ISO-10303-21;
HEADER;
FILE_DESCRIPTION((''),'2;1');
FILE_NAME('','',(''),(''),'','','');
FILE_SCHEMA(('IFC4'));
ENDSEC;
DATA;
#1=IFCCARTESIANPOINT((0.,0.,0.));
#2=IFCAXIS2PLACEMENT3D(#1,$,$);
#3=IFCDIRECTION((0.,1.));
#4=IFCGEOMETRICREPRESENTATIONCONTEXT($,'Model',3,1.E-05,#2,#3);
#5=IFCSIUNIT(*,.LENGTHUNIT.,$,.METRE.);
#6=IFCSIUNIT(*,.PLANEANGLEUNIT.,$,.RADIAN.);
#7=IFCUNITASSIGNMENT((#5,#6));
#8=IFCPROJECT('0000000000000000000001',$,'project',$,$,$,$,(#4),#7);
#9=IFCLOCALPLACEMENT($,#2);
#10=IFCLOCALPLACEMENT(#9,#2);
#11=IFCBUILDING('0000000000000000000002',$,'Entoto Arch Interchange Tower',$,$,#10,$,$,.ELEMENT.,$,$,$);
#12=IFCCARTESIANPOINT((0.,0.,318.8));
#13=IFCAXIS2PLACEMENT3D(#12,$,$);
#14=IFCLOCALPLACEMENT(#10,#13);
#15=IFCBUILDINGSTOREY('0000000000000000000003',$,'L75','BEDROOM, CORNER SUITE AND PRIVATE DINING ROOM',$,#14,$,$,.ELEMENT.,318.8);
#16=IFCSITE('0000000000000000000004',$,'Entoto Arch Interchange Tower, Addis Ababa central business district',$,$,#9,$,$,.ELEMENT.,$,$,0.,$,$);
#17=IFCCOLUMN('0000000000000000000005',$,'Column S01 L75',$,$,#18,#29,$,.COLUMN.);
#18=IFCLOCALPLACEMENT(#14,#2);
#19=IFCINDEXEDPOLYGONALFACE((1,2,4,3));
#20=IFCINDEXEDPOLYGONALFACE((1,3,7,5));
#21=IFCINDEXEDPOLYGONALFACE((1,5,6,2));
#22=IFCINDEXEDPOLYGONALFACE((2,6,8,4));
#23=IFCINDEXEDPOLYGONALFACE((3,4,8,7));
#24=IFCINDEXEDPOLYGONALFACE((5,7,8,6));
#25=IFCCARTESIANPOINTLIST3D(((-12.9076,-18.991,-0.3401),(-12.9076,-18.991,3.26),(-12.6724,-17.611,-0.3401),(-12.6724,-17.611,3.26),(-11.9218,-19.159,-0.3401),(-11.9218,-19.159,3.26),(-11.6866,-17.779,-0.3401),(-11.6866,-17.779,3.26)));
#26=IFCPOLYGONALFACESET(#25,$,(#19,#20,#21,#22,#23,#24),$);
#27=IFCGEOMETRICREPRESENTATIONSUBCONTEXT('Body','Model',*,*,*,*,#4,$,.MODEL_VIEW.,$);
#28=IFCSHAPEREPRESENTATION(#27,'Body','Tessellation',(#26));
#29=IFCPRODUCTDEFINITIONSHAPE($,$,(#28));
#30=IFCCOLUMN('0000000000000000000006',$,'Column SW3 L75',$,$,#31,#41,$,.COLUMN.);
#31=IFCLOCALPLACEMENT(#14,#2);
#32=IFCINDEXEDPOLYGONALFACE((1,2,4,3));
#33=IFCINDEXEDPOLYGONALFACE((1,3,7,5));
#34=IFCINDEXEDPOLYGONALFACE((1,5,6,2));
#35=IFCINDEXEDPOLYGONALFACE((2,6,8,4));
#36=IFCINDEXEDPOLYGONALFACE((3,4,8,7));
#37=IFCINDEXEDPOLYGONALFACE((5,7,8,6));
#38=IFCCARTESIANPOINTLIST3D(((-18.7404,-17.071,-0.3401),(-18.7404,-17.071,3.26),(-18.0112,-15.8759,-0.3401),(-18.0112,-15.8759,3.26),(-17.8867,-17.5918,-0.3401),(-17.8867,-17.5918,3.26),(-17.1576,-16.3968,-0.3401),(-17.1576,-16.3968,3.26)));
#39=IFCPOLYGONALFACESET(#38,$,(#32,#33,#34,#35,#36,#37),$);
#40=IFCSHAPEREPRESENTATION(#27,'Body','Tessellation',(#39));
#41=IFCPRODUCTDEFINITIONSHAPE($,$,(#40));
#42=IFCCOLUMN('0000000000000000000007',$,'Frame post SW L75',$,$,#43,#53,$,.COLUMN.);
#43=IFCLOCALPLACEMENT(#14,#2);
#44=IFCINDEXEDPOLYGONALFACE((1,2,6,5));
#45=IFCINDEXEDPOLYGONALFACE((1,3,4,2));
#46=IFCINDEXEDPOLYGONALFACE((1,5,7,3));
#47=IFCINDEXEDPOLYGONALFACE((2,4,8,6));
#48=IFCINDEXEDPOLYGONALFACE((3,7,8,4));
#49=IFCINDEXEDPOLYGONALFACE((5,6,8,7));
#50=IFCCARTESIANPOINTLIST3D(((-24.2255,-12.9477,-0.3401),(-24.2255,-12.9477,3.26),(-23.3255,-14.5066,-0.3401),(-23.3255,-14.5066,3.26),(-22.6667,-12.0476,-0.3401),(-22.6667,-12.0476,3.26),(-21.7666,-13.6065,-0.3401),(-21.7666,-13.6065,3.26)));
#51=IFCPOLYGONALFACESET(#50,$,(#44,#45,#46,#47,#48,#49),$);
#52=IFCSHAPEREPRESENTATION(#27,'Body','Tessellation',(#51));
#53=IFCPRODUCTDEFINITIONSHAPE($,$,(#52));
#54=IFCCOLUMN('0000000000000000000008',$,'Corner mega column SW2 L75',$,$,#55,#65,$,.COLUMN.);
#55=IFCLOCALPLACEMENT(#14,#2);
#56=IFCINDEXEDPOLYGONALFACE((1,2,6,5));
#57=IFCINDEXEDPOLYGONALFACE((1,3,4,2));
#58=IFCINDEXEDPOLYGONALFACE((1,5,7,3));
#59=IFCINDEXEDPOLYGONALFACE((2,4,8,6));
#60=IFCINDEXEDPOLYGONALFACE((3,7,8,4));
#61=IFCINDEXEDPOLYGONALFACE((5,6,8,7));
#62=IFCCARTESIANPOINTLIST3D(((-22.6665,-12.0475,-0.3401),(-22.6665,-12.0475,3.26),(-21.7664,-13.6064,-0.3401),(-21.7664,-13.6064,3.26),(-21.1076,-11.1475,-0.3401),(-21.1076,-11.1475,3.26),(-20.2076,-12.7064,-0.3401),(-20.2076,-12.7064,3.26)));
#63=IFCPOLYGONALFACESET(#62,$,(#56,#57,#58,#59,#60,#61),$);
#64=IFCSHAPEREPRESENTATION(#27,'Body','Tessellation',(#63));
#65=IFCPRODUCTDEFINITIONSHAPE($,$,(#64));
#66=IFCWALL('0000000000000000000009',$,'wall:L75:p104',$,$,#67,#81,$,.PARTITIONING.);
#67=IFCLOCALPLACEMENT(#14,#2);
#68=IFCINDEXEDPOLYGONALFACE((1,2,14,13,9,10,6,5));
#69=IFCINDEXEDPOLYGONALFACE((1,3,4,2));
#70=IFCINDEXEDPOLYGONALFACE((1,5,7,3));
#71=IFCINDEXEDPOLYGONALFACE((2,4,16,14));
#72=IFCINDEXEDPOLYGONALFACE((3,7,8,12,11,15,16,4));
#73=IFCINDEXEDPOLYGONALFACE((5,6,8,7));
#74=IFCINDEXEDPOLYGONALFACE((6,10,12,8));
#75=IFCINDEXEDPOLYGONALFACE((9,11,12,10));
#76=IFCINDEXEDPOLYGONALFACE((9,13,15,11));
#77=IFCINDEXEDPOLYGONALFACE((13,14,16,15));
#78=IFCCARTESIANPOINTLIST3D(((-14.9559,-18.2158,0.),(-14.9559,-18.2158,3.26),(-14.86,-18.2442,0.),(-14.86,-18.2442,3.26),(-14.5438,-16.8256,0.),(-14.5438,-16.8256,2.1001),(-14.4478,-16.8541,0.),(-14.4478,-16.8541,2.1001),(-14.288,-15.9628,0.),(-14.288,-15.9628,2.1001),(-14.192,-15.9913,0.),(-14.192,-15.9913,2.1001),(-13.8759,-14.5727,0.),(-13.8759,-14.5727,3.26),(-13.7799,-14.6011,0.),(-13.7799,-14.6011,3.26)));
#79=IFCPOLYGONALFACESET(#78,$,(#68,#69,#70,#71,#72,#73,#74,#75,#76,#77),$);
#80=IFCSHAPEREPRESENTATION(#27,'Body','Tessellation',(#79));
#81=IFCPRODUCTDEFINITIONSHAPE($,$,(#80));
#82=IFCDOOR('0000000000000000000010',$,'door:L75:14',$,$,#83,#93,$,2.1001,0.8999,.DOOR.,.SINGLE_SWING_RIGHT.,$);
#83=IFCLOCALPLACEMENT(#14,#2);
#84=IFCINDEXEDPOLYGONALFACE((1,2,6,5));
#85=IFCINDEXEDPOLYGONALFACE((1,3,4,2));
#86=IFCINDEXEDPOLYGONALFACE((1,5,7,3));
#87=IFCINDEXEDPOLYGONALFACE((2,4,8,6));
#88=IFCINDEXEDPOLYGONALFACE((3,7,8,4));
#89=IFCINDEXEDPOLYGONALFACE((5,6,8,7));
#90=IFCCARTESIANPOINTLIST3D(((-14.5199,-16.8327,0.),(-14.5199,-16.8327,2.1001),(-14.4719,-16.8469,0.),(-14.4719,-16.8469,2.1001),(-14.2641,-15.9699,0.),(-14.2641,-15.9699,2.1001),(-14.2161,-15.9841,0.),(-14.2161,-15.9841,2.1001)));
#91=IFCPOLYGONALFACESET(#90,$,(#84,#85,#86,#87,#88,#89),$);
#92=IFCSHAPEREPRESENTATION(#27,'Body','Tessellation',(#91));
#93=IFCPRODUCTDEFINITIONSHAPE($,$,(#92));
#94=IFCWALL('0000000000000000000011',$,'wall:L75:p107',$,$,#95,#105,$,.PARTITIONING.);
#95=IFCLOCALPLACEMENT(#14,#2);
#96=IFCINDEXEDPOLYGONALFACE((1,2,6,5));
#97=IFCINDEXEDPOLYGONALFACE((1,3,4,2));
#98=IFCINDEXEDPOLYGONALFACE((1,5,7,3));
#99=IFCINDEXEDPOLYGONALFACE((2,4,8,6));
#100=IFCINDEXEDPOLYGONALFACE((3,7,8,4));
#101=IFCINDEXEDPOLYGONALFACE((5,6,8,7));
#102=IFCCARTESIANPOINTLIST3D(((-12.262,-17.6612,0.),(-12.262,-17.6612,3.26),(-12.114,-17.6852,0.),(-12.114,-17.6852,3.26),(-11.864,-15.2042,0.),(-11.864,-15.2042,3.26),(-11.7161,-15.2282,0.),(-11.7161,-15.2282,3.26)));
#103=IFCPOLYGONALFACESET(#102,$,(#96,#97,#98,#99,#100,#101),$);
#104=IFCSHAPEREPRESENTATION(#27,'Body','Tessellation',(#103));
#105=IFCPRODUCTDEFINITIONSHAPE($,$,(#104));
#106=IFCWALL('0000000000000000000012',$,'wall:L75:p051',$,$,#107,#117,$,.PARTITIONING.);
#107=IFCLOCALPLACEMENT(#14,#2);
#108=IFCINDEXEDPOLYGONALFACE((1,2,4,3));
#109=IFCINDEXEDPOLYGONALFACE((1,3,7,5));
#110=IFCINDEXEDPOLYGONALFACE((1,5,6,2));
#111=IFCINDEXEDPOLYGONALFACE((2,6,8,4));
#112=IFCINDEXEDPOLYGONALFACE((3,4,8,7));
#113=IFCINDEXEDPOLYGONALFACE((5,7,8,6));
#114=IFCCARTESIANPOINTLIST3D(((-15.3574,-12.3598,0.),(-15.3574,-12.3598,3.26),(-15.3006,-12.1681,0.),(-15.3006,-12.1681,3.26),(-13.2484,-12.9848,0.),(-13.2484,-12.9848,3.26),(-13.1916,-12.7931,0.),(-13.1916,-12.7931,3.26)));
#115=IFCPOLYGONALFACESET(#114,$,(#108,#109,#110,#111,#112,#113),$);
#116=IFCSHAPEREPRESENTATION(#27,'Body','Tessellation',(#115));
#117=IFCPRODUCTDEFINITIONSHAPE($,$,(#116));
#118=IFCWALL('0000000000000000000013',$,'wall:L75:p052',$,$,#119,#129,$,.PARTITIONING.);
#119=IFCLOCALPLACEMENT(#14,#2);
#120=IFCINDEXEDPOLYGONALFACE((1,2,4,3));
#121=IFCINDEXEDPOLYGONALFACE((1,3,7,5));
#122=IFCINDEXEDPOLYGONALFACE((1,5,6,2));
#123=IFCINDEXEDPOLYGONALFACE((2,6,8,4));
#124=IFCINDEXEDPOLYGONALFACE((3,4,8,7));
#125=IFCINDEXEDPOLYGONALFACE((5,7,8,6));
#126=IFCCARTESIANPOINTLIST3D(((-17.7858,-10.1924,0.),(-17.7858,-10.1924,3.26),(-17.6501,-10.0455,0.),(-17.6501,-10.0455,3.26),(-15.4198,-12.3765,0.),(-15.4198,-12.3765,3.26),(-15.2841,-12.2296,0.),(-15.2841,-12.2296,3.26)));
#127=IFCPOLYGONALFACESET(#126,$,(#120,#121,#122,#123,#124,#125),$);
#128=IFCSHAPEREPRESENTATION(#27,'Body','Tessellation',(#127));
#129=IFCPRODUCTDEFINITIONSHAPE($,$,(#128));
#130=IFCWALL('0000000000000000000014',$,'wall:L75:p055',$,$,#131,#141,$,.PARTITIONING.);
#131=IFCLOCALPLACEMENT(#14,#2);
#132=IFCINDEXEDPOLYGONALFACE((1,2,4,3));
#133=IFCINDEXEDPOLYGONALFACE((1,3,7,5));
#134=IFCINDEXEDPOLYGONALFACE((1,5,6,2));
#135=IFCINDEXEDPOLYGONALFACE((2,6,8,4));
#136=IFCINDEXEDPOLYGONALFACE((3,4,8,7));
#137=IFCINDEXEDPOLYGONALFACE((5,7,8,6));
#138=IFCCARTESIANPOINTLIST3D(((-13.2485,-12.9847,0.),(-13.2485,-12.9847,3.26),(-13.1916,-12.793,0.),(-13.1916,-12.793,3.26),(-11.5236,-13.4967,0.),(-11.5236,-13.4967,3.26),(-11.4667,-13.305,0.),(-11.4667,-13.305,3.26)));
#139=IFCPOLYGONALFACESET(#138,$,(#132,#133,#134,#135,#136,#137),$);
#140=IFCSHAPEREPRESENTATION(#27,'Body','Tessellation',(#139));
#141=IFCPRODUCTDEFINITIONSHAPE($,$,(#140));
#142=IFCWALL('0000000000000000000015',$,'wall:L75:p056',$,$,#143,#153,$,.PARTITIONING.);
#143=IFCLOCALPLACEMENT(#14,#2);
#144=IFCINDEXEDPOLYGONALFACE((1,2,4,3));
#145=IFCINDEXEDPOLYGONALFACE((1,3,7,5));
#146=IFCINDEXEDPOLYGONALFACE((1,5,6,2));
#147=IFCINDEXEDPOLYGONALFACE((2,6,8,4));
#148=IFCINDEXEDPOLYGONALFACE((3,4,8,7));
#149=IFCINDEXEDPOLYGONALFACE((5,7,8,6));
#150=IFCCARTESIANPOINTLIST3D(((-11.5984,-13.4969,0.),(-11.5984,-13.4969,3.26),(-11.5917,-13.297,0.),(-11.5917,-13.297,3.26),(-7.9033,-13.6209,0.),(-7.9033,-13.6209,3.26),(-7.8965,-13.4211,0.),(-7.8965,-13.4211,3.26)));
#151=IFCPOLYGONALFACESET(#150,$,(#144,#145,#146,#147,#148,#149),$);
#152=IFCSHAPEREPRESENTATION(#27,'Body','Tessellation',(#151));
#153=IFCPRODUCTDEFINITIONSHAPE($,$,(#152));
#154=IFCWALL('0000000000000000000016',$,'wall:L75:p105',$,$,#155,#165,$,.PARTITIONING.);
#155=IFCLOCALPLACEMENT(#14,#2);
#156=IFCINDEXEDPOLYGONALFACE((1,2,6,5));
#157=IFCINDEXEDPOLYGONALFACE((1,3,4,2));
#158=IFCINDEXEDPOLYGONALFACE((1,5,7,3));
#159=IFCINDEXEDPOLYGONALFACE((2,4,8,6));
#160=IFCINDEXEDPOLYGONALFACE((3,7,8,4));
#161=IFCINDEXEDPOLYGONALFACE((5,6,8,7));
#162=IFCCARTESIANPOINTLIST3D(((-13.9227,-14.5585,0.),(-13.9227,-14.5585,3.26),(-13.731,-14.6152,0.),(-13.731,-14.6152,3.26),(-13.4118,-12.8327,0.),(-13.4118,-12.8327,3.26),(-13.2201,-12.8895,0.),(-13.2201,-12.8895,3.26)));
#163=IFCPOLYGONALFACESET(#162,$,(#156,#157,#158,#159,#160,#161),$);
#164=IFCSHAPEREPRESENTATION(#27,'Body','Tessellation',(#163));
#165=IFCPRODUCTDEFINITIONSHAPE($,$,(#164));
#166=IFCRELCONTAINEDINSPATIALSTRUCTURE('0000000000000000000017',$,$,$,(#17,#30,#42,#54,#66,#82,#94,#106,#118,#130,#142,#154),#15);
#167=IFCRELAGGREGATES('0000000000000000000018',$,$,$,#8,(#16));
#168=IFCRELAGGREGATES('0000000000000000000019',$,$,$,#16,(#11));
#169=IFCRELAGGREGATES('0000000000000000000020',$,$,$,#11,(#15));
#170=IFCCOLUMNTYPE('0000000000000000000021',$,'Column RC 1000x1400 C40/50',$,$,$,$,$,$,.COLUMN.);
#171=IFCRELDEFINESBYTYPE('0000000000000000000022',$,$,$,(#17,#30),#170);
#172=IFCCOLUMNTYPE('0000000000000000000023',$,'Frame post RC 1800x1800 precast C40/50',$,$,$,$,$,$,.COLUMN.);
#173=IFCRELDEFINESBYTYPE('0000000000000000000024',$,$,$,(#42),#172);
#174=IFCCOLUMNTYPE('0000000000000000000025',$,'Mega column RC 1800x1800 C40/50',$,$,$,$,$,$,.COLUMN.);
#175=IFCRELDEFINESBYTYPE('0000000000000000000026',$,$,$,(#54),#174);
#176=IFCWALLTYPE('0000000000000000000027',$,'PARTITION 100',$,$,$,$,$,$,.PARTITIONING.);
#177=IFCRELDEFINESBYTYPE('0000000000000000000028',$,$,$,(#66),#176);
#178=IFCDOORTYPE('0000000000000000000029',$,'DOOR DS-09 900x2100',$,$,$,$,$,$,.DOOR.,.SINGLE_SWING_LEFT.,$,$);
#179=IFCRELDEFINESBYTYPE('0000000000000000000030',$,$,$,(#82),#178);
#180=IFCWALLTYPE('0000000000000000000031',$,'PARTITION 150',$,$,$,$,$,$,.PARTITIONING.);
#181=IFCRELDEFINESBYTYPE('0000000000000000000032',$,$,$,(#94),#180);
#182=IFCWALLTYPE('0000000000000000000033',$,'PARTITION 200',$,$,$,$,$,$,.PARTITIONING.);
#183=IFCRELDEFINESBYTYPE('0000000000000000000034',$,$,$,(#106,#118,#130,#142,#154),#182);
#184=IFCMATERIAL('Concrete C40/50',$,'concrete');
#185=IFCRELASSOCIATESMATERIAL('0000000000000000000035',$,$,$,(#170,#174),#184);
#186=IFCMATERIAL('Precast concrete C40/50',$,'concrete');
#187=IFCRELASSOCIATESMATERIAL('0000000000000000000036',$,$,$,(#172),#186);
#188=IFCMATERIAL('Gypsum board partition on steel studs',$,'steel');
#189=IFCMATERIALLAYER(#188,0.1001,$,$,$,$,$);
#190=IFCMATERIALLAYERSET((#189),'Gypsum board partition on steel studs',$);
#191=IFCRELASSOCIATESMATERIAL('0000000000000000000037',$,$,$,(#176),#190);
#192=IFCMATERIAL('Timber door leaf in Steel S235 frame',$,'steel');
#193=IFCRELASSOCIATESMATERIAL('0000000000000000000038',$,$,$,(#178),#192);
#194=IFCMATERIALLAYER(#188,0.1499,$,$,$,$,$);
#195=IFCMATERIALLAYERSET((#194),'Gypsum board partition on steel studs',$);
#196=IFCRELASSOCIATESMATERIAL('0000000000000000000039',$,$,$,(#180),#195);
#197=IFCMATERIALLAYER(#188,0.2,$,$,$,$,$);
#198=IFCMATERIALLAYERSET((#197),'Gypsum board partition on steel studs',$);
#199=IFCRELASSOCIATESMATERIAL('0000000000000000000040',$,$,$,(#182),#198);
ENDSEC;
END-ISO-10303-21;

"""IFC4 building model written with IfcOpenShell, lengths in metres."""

from ifc_helpers import new_model, si_unit, direction, frame, frame_2d, origin, origin_2d, place, context, subcontext, project, spatial, rectangle, extrude, material, layer, layer_set, material_profile, profile_set, type_object, element, fill, save


model = new_model("IFC4")

# Units and contexts
model_context = context("Model", 3, precision=1e-05, world=origin(), true_north=direction((0.0, 1.0)))
body_context = subcontext(model_context, "Body", "Model", "MODEL_VIEW")
ifc_project = project(units=[si_unit("LENGTHUNIT", "METRE"), si_unit("PLANEANGLEUNIT", "RADIAN")], contexts=[model_context])

# Site, building, storey
site_placement = place(None, origin())
site = spatial("IfcSite", under=ifc_project, at=site_placement, Name="Entoto Arch Interchange Tower, Addis Ababa central business district", CompositionType="ELEMENT", RefElevation=0.0)
building_placement = place(site_placement, origin())
building = spatial("IfcBuilding", under=site, at=building_placement, Name="Entoto Arch Interchange Tower", CompositionType="ELEMENT")
storey_placement = place(building_placement, frame((0.0, 0.0, 318.8)))
storey = spatial("IfcBuildingStorey", under=building, at=storey_placement, Name="L75", Description="BEDROOM, CORNER SUITE AND PRIVATE DINING ROOM", CompositionType="ELEMENT", Elevation=318.8)

# Columns
ifc_material_1 = material(Name="Concrete C40/50", Category="concrete")
ifc_material_profile_1 = material_profile(ifc_material_1, rectangle(XDim=1.0, YDim=1.3999, at=origin_2d()))
ifc_profile_set_1 = profile_set([ifc_material_profile_1], Name="Concrete C40/50")
column_type_1 = type_object("IfcColumnType", Name="Column RC 1000x1400 C40/50", PredefinedType="COLUMN", material=ifc_profile_set_1)
for number, where, z_axis, x_axis, name in (
    (1, (-12.2971, -18.385, -0.3401), (0.0, 0.0, 1.0), (-0.985786, 0.168008, 0.0), "Column S01 L75"),
    (2, (-17.949, -16.7339, -0.3401), (0.0, 0.0, 1.0), (-0.853651, 0.520846, 0.0), "Column SW3 L75"),
):
    element("IfcColumn", number, at=place(storey_placement, frame(where, z_axis=z_axis, x_axis=x_axis)), inside=storey, type_object=column_type_1, Name=name, PredefinedType="COLUMN", context=body_context, shape_type="SweptSolid", body=[
        extrude(rectangle(XDim=1.0, YDim=1.3999, at=origin_2d()), origin(), (0.0, 0.0, 1.0), 3.6001),
    ])
ifc_material_2 = material(Name="Precast concrete C40/50", Category="concrete")
ifc_material_profile_2 = material_profile(ifc_material_2, rectangle(XDim=1.8, YDim=1.8, at=origin_2d()))
ifc_profile_set_2 = profile_set([ifc_material_profile_2], Name="Precast concrete C40/50")
column_type_2 = type_object("IfcColumnType", Name="Frame post RC 1800x1800 precast C40/50", PredefinedType="COLUMN", material=ifc_profile_set_2)
column_1_placement = place(storey_placement, frame((-22.9961, -13.2771, -0.3401), z_axis=(0.0, 0.0, 1.0), x_axis=(0.866025, 0.5, 0.0)))
element("IfcColumn", 3, at=column_1_placement, inside=storey, type_object=column_type_2, Name="Frame post SW L75", PredefinedType="COLUMN", context=body_context, shape_type="SweptSolid", body=[
    extrude(rectangle(XDim=1.8, YDim=1.8, at=origin_2d()), origin(), (0.0, 0.0, 1.0), 3.6001),
])
ifc_material_profile_3 = material_profile(ifc_material_1, rectangle(XDim=1.8, YDim=1.8, at=origin_2d()))
ifc_profile_set_3 = profile_set([ifc_material_profile_3], Name="Concrete C40/50")
column_type_3 = type_object("IfcColumnType", Name="Mega column RC 1800x1800 C40/50", PredefinedType="COLUMN", material=ifc_profile_set_3)
column_2_placement = place(storey_placement, frame((-21.437, -12.377, -0.3401), z_axis=(0.0, 0.0, 1.0), x_axis=(0.866025, 0.5, 0.0)))
element("IfcColumn", 4, at=column_2_placement, inside=storey, type_object=column_type_3, Name="Corner mega column SW2 L75", PredefinedType="COLUMN", context=body_context, shape_type="SweptSolid", body=[
    extrude(rectangle(XDim=1.8, YDim=1.8, at=origin_2d()), origin(), (0.0, 0.0, 1.0), 3.6001),
])

# Wall, opening, door
ifc_material_3 = material(Name="Gypsum board partition on steel studs", Category="steel")
ifc_layer_1 = layer(ifc_material_3, 0.1001)
ifc_layer_set_1 = layer_set([ifc_layer_1], Name="Gypsum board partition on steel studs")
wall_type_1 = type_object("IfcWallType", Name="PARTITION 100", PredefinedType="PARTITIONING", material=ifc_layer_set_1)
wall_1_placement = place(storey_placement, frame((-13.8279, -14.5869, 0.0), z_axis=(0.0, 0.0, 1.0), x_axis=(-0.284246, -0.958751, 0.0)))
wall_1 = element("IfcWall", 5, at=wall_1_placement, inside=storey, type_object=wall_type_1, Name="wall:L75:p104", PredefinedType="PARTITIONING", context=body_context, shape_type="SweptSolid", body=[
    extrude(rectangle(XDim=3.7998, YDim=0.1001, at=frame_2d((1.8999, 0.0))), origin(), (0.0, 0.0, 1.0), 3.26),
])
opening_1_placement = place(wall_1_placement, frame((1.45, 0.0, 0.0)))
opening_1 = element("IfcOpeningElement", 6, at=opening_1_placement, cuts=wall_1, PredefinedType="OPENING", context=body_context, shape_type="SweptSolid", body=[
    extrude(rectangle(XDim=0.8999, YDim=2.1001, at=frame_2d((0.45, 1.05))), frame((0.0, 0.0601, 0.0), z_axis=(0.0, -1.0, 0.0), x_axis=(1.0, 0.0, 0.0)), (0.0, 0.0, 1.0), 0.1201),
])
ifc_material_4 = material(Name="Timber door leaf in Steel S235 frame", Category="steel")
door_type = type_object("IfcDoorType", Name="DOOR DS-09 900x2100", OperationType="SINGLE_SWING_LEFT", PredefinedType="DOOR", material=ifc_material_4)
door_1_placement = place(opening_1_placement, origin())
door_1 = element("IfcDoor", 7, at=door_1_placement, inside=storey, type_object=door_type, Name="door:L75:14", OperationType="SINGLE_SWING_RIGHT", OverallHeight=2.1001, OverallWidth=0.8999, PredefinedType="DOOR", context=body_context, shape_type="SweptSolid", body=[
    extrude(rectangle(XDim=0.8999, YDim=2.1001, at=frame_2d((0.45, 1.05))), frame((0.0, 0.0249, 0.0), z_axis=(0.0, -1.0, 0.0), x_axis=(1.0, 0.0, 0.0)), (0.0, 0.0, 1.0), 0.05),
])
fill(opening_1, door_1)

# Walls
ifc_layer_2 = layer(ifc_material_3, 0.1499)
ifc_layer_set_2 = layer_set([ifc_layer_2], Name="Gypsum board partition on steel studs")
wall_type_2 = type_object("IfcWallType", Name="PARTITION 150", PredefinedType="PARTITIONING", material=ifc_layer_set_2)
wall_2_placement = place(storey_placement, frame((-11.79, -15.2161, 0.0), z_axis=(0.0, 0.0, 1.0), x_axis=(-0.15988, -0.987136, 0.0)))
element("IfcWall", 8, at=wall_2_placement, inside=storey, type_object=wall_type_2, Name="wall:L75:p107", PredefinedType="PARTITIONING", context=body_context, shape_type="SweptSolid", body=[
    extrude(rectangle(XDim=2.489, YDim=0.1499, at=frame_2d((1.2446, 0.0))), origin(), (0.0, 0.0, 1.0), 3.26),
])
ifc_layer_3 = layer(ifc_material_3, 0.2)
ifc_layer_set_3 = layer_set([ifc_layer_3], Name="Gypsum board partition on steel studs")
wall_type_3 = type_object("IfcWallType", Name="PARTITION 200", PredefinedType="PARTITIONING", material=ifc_layer_set_3)
wall_3_placement = place(storey_placement, frame((-13.22, -12.8889, 0.0), z_axis=(0.0, 0.0, 1.0), x_axis=(-0.958789, 0.284119, 0.0)))
element("IfcWall", 9, at=wall_3_placement, inside=storey, type_object=wall_type_3, Name="wall:L75:p051", PredefinedType="PARTITIONING", context=body_context, shape_type="SweptSolid", body=[
    extrude(rectangle(XDim=2.1997, YDim=0.2, at=frame_2d((1.0999, 0.0))), origin(), (0.0, 0.0, 1.0), 3.26),
])
wall_4_placement = place(storey_placement, frame((-15.3521, -12.303, 0.0), z_axis=(0.0, 0.0, 1.0), x_axis=(-0.734786, 0.678299, 0.0)))
element("IfcWall", 10, at=wall_4_placement, inside=storey, type_object=wall_type_3, Name="wall:L75:p052", PredefinedType="PARTITIONING", context=body_context, shape_type="SweptSolid", body=[
    extrude(rectangle(XDim=3.22, YDim=0.2, at=frame_2d((1.6099, 0.0))), origin(), (0.0, 0.0, 1.0), 3.26),
])
wall_5_placement = place(storey_placement, frame((-11.4951, -13.4009, 0.0), z_axis=(0.0, 0.0, 1.0), x_axis=(-0.958662, 0.284546, 0.0)))
element("IfcWall", 11, at=wall_5_placement, inside=storey, type_object=wall_type_3, Name="wall:L75:p055", PredefinedType="PARTITIONING", context=body_context, shape_type="SweptSolid", body=[
    extrude(rectangle(XDim=1.7993, YDim=0.2, at=frame_2d((0.8997, 0.0))), origin(), (0.0, 0.0, 1.0), 3.26),
])
wall_6_placement = place(storey_placement, frame((-7.8999, -13.521, 0.0), z_axis=(0.0, 0.0, 1.0), x_axis=(-0.999437, 0.033546, 0.0)))
element("IfcWall", 12, at=wall_6_placement, inside=storey, type_object=wall_type_3, Name="wall:L75:p056", PredefinedType="PARTITIONING", context=body_context, shape_type="SweptSolid", body=[
    extrude(rectangle(XDim=3.6973, YDim=0.2, at=frame_2d((1.8486, 0.0))), origin(), (0.0, 0.0, 1.0), 3.26),
])
wall_7_placement = place(storey_placement, frame((-13.3159, -12.8611, 0.0), z_axis=(0.0, 0.0, 1.0), x_axis=(-0.283899, -0.958854, 0.0)))
element("IfcWall", 13, at=wall_7_placement, inside=storey, type_object=wall_type_3, Name="wall:L75:p105", PredefinedType="PARTITIONING", context=body_context, shape_type="SweptSolid", body=[
    extrude(rectangle(XDim=1.7998, YDim=0.2, at=frame_2d((0.8999, 0.0))), origin(), (0.0, 0.0, 1.0), 3.26),
])

save(model, "model.ifc")
